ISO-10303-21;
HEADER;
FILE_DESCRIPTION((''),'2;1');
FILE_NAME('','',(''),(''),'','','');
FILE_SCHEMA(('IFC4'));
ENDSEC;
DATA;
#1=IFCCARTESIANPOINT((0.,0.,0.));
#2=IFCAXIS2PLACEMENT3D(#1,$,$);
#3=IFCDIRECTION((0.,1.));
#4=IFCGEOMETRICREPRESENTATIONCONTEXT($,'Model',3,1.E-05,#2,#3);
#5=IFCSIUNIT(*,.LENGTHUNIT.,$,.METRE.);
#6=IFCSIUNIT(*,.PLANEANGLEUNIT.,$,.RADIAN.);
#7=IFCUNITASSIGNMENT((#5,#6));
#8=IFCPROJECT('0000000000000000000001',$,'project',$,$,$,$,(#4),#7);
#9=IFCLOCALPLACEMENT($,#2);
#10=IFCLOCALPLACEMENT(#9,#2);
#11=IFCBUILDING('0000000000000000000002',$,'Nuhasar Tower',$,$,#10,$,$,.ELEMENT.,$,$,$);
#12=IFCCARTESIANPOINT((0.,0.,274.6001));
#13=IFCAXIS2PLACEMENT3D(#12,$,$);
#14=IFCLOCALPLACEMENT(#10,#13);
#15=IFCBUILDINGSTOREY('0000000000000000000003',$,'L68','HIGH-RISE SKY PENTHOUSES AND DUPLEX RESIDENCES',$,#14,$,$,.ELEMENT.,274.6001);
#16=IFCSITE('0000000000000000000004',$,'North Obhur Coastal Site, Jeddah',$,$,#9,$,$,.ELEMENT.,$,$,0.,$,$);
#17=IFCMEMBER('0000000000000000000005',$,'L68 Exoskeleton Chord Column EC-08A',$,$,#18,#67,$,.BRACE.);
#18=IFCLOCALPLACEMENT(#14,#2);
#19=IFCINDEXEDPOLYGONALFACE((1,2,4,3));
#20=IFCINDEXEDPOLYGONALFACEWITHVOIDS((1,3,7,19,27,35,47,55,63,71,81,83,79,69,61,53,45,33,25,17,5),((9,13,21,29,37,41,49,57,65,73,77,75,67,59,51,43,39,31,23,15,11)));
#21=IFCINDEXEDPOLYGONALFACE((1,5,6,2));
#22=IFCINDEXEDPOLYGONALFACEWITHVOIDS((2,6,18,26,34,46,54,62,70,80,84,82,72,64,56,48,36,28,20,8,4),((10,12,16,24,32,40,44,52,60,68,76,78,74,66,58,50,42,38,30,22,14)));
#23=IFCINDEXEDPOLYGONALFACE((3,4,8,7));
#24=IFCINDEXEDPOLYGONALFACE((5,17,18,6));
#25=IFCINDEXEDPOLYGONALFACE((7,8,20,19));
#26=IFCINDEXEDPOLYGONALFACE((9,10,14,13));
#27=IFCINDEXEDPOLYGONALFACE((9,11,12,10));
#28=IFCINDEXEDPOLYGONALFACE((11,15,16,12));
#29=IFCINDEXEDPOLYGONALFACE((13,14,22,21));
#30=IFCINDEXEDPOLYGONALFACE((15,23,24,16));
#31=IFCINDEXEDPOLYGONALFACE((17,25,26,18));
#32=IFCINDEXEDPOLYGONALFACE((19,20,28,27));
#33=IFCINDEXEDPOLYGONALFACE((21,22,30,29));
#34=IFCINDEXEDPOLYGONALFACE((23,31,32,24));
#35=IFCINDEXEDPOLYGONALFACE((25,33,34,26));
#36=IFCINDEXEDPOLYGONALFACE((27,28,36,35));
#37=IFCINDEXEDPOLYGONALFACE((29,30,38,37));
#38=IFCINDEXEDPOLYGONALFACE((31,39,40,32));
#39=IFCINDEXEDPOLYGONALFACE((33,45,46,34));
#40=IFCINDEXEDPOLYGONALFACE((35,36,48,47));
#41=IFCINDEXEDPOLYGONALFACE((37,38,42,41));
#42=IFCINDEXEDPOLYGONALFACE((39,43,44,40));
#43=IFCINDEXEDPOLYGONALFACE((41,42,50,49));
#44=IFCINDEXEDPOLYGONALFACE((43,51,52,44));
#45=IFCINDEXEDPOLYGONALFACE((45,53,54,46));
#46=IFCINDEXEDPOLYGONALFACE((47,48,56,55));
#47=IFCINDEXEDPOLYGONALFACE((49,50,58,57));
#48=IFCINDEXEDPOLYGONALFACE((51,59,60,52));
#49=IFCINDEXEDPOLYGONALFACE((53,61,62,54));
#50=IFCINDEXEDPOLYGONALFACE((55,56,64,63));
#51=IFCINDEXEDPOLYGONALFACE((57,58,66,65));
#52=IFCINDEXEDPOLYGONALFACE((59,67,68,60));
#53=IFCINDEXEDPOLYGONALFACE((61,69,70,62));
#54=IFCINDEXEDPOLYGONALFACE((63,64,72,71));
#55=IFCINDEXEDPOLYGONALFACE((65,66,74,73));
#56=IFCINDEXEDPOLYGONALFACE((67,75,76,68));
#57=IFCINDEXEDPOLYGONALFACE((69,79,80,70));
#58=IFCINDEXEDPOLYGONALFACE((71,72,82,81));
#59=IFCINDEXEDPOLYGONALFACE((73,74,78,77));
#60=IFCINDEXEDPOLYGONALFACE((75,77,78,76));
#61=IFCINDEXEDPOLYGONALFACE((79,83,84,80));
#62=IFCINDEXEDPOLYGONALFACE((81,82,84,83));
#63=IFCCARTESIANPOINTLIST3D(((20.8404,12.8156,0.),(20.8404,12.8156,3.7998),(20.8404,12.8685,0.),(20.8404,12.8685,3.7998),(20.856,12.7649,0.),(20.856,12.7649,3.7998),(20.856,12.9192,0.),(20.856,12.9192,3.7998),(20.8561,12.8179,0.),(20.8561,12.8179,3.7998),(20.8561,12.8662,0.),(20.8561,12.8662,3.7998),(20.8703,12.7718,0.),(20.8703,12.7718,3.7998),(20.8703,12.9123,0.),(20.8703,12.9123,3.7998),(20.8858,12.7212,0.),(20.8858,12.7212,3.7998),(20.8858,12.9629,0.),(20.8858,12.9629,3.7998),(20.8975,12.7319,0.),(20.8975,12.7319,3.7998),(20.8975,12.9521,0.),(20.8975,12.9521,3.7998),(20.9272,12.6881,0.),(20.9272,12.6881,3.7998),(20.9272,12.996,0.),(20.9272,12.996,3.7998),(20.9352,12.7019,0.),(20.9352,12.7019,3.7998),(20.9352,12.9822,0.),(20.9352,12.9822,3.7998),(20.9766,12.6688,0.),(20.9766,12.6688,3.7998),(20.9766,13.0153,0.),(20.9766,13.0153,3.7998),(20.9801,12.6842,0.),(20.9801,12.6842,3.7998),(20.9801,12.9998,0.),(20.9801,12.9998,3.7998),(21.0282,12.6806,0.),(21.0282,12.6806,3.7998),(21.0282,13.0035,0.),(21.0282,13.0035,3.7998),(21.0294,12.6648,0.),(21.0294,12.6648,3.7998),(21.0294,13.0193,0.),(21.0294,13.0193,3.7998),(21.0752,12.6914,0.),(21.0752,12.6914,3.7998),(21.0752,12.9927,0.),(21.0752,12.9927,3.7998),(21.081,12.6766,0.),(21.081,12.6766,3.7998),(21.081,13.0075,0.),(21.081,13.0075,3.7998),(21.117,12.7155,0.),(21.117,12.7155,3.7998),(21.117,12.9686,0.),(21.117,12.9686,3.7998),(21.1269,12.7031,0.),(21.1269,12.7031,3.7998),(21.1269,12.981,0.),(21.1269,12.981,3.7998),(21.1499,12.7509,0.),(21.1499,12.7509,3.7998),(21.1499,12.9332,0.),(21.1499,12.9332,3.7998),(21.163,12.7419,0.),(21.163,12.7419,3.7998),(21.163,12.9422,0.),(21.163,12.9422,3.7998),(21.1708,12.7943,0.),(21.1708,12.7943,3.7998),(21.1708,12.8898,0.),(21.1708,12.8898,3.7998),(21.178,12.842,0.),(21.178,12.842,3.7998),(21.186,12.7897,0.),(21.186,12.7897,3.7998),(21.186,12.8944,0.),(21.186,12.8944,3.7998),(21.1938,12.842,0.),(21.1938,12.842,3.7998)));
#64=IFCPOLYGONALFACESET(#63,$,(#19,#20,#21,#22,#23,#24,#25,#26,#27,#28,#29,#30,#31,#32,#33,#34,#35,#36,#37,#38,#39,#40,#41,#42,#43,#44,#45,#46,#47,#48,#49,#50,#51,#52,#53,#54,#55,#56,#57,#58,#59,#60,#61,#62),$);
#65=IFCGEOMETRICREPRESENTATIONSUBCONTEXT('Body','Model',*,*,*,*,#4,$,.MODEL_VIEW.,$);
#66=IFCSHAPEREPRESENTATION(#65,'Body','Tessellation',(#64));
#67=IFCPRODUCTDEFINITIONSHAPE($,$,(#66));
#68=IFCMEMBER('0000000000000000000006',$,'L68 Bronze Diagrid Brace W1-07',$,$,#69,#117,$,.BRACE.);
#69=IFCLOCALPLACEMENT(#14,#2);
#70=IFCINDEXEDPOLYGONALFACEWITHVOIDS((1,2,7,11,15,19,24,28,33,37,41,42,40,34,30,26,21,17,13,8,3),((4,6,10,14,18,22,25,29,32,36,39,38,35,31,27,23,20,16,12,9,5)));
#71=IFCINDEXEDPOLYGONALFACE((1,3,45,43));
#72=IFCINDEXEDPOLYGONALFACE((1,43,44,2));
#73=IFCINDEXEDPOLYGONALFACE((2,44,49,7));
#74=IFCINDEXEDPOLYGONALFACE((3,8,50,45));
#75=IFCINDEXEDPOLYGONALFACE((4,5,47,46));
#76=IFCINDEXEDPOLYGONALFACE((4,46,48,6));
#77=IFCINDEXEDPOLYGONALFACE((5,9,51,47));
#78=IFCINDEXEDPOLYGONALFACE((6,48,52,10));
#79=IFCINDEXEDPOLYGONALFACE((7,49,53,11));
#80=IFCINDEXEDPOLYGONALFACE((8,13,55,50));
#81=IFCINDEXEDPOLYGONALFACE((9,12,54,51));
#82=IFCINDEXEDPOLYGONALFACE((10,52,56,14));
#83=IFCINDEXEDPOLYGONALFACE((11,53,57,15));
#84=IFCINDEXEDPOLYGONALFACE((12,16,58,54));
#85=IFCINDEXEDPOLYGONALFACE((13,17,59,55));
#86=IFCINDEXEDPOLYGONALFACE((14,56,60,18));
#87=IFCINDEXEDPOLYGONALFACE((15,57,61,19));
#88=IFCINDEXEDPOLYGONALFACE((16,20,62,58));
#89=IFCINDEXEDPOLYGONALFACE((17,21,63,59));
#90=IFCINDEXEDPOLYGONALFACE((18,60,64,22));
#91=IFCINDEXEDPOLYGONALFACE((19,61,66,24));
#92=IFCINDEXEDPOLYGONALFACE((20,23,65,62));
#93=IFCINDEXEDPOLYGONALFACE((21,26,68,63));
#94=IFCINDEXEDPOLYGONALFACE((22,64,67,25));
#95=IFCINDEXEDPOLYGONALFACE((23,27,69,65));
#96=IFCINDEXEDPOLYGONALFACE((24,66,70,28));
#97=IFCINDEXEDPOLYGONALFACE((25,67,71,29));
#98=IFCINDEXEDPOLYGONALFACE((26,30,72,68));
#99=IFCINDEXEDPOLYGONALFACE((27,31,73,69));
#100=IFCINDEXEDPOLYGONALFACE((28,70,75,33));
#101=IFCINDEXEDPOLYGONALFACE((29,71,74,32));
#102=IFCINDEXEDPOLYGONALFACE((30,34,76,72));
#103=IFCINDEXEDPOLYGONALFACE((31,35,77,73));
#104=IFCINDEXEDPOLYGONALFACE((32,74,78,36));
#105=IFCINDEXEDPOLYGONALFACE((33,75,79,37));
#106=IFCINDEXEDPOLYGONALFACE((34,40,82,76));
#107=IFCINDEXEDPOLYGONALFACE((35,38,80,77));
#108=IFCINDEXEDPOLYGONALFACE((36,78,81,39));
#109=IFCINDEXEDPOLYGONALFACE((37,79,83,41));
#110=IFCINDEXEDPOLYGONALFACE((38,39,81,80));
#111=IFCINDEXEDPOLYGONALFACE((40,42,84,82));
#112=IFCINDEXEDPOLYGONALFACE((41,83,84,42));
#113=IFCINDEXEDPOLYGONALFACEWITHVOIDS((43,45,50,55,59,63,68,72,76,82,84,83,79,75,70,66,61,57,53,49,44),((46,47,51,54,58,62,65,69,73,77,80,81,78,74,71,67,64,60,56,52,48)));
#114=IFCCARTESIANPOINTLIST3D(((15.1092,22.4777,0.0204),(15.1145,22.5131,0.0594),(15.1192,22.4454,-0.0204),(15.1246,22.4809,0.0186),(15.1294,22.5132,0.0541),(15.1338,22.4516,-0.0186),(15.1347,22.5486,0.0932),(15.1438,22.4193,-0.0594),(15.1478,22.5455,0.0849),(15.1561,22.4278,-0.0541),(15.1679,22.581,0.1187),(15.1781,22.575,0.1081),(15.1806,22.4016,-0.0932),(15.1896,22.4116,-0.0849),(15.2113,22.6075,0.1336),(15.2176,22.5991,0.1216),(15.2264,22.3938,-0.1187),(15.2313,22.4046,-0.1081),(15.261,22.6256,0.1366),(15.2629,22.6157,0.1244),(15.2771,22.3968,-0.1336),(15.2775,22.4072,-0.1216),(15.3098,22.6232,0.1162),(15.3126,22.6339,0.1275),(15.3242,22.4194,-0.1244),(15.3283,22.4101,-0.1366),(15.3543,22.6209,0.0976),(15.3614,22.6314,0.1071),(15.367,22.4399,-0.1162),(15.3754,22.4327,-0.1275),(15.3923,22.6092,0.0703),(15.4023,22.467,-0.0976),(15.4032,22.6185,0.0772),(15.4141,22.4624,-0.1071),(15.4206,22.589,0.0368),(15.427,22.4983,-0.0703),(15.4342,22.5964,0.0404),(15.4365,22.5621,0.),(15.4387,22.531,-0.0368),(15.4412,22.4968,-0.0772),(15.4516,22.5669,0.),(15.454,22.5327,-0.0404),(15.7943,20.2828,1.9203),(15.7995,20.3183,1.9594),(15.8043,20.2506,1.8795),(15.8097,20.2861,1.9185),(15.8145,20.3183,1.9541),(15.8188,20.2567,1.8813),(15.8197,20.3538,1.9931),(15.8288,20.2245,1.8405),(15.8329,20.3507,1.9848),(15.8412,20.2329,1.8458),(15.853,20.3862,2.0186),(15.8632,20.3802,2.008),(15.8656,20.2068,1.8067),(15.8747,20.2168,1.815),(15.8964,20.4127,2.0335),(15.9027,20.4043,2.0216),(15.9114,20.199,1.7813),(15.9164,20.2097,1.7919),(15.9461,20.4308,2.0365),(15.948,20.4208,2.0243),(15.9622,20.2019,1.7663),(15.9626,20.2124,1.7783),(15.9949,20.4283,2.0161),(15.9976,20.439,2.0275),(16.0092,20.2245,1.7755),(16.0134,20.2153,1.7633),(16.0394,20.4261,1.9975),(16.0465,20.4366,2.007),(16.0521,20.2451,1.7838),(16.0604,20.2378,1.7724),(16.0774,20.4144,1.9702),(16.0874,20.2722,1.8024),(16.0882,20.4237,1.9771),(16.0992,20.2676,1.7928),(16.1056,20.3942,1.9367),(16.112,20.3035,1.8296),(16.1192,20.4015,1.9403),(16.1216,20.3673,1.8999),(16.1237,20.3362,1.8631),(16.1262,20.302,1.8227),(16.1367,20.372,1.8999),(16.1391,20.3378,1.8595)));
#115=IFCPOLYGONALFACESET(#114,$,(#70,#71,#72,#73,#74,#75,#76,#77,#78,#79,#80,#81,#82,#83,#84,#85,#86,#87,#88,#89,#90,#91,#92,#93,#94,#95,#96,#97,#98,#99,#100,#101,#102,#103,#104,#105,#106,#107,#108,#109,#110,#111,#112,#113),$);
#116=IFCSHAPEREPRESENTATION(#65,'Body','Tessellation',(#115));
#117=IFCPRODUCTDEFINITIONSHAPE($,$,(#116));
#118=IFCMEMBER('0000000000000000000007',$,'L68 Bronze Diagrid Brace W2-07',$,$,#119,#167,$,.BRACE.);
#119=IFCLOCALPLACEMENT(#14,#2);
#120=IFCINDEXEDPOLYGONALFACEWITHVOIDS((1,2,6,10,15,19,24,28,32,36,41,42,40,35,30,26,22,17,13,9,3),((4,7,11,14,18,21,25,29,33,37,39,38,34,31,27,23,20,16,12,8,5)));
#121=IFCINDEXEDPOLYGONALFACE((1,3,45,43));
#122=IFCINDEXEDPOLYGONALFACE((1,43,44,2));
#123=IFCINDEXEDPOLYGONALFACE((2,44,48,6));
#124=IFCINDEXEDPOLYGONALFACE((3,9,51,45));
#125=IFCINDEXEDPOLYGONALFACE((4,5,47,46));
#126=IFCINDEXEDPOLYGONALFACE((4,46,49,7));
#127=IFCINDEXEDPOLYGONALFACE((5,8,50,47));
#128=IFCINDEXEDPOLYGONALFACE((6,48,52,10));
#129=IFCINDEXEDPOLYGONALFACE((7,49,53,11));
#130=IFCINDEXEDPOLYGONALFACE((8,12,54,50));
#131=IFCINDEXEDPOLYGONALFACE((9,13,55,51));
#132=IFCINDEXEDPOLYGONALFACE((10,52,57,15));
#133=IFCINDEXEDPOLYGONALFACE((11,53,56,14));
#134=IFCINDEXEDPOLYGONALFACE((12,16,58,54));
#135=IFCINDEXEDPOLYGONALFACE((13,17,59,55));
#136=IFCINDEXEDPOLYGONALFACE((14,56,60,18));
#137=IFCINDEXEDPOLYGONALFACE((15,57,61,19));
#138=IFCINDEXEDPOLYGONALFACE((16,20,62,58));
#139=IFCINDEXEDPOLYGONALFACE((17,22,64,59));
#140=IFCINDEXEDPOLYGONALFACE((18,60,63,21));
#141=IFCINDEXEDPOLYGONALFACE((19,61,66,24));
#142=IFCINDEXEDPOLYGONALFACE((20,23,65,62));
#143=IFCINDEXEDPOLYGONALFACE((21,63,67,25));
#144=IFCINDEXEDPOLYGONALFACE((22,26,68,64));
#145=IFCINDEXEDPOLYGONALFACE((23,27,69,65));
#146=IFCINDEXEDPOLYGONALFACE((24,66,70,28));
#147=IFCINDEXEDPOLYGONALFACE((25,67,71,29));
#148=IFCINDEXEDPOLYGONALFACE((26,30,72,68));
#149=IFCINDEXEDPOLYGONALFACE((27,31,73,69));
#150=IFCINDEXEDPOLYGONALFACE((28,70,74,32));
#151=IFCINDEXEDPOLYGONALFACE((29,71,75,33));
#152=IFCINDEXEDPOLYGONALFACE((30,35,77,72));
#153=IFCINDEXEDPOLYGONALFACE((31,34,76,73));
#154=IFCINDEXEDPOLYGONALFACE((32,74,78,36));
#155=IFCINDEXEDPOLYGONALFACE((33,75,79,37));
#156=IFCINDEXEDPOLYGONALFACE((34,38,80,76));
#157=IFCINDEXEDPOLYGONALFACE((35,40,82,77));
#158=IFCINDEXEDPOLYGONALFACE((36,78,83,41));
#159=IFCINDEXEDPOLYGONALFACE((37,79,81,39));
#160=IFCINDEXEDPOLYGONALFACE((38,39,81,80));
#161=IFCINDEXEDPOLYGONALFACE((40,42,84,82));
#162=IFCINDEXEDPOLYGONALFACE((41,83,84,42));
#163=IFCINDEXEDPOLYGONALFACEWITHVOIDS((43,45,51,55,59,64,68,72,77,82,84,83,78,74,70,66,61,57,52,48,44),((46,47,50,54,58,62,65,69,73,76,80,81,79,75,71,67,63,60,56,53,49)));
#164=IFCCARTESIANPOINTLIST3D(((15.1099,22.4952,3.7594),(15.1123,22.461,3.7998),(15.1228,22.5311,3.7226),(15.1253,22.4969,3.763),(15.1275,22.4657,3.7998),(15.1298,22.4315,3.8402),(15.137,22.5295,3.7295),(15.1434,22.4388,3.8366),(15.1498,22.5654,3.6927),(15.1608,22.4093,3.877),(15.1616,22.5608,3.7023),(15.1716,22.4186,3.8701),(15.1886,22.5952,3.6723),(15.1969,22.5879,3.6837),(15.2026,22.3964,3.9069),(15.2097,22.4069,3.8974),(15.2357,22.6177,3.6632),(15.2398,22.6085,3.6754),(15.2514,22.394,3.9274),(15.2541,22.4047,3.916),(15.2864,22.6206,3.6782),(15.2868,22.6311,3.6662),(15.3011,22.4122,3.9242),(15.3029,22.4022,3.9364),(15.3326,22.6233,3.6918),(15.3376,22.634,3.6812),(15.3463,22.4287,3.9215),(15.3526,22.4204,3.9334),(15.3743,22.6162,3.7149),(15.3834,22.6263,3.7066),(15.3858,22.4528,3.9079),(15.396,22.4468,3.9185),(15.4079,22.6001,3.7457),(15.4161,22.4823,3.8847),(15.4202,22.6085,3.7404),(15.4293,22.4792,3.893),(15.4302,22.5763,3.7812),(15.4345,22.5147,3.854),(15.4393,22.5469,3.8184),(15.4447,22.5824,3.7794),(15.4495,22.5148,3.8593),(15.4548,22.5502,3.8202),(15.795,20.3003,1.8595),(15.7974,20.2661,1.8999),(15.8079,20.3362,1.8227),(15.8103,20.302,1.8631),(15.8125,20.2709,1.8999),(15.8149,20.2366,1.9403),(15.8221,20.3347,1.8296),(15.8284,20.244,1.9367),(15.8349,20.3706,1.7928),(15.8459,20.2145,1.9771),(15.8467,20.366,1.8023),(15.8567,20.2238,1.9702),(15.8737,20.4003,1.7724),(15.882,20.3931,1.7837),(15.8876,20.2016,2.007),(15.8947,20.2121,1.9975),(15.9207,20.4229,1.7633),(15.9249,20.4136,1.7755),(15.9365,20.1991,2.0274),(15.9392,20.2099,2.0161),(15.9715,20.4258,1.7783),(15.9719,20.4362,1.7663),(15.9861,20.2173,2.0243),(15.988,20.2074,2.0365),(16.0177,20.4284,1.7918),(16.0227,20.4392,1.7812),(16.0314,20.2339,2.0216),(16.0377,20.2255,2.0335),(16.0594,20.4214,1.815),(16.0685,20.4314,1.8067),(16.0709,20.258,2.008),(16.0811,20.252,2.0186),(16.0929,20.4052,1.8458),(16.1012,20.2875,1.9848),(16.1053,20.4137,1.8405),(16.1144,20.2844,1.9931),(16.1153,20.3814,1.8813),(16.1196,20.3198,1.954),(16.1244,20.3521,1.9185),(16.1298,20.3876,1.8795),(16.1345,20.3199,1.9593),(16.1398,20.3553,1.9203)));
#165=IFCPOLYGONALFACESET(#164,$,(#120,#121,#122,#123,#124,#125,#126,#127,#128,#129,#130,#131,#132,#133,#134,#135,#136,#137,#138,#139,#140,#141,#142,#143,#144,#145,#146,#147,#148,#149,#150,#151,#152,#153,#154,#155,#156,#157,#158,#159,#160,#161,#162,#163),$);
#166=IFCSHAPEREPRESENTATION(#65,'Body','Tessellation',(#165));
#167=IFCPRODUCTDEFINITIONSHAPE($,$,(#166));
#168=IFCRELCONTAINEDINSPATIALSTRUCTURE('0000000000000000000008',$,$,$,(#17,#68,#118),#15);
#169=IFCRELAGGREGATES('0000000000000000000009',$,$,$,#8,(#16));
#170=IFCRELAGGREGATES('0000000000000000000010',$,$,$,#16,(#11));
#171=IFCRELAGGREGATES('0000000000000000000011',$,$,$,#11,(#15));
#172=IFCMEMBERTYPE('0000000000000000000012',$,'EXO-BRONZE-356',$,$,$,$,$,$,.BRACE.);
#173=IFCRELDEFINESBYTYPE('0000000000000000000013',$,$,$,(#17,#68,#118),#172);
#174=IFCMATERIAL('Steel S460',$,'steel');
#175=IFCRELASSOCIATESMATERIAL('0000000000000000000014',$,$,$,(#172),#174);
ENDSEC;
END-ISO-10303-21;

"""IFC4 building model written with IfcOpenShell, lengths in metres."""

from ifc_helpers import new_model, si_unit, direction, frame, origin, origin_2d, place, context, subcontext, project, spatial, hollow_circle, extrude, material, material_profile, profile_set, type_object, element, save


model = new_model("IFC4")

# Units and contexts
model_context = context("Model", 3, precision=1e-05, world=origin(), true_north=direction((0.0, 1.0)))
body_context = subcontext(model_context, "Body", "Model", "MODEL_VIEW")
ifc_project = project(units=[si_unit("LENGTHUNIT", "METRE"), si_unit("PLANEANGLEUNIT", "RADIAN")], contexts=[model_context])

# Site, building, storey
site_placement = place(None, origin())
site = spatial("IfcSite", under=ifc_project, at=site_placement, Name="North Obhur Coastal Site, Jeddah", CompositionType="ELEMENT", RefElevation=0.0)
building_placement = place(site_placement, origin())
building = spatial("IfcBuilding", under=site, at=building_placement, Name="Nuhasar Tower", CompositionType="ELEMENT")
storey_placement = place(building_placement, frame((0.0, 0.0, 274.6001)))
storey = spatial("IfcBuildingStorey", under=building, at=storey_placement, Name="L68", Description="HIGH-RISE SKY PENTHOUSES AND DUPLEX RESIDENCES", CompositionType="ELEMENT", Elevation=274.6001)

# Members
ifc_material_1 = material(Name="Steel S460", Category="steel")
ifc_material_profile_1 = material_profile(ifc_material_1, hollow_circle(Radius=0.1777, WallThickness=0.0159, at=origin_2d()), Name="HSS355.6X15.9")
ifc_profile_set_1 = profile_set([ifc_material_profile_1], Name="Steel S460")
member_type_1 = type_object("IfcMemberType", Name="EXO-BRONZE-356", PredefinedType="BRACE", material=ifc_profile_set_1)
for number, where, z_axis, x_axis, name in (
    (1, (21.0161, 12.842, 0.0), (0.0, 0.0, 1.0), (1.0, 0.0, 0.0), "L68 Exoskeleton Chord Column EC-08A"),
):
    element("IfcMember", number, at=place(storey_placement, frame(where, z_axis=z_axis, x_axis=x_axis)), inside=storey, type_object=member_type_1, Name=name, PredefinedType="BRACE", context=body_context, shape_type="SweptSolid", body=[
        extrude(hollow_circle(Radius=0.1777, WallThickness=0.0159, at=origin_2d()), origin(), (0.0, 0.0, 1.0), 3.7998),
    ])
for number, where, z_axis, x_axis, name in (
    (2, (15.282, 22.5139, 0.0), (0.229681, -0.735864, 0.636985), (0.954582, 0.297948, 0.0), "L68 Bronze Diagrid Brace W1-07"),
    (3, (15.967, 20.3191, 1.8999), (-0.229681, 0.735864, 0.636985), (-0.954582, -0.297948, 0.0), "L68 Bronze Diagrid Brace W2-07"),
):
    element("IfcMember", number, at=place(storey_placement, frame(where, z_axis=z_axis, x_axis=x_axis)), inside=storey, type_object=member_type_1, Name=name, PredefinedType="BRACE", context=body_context, shape_type="SweptSolid", body=[
        extrude(hollow_circle(Radius=0.1777, WallThickness=0.0159, at=origin_2d()), origin(), (0.0, 0.0, 1.0), 2.9827),
    ])

save(model, "model.ifc")
